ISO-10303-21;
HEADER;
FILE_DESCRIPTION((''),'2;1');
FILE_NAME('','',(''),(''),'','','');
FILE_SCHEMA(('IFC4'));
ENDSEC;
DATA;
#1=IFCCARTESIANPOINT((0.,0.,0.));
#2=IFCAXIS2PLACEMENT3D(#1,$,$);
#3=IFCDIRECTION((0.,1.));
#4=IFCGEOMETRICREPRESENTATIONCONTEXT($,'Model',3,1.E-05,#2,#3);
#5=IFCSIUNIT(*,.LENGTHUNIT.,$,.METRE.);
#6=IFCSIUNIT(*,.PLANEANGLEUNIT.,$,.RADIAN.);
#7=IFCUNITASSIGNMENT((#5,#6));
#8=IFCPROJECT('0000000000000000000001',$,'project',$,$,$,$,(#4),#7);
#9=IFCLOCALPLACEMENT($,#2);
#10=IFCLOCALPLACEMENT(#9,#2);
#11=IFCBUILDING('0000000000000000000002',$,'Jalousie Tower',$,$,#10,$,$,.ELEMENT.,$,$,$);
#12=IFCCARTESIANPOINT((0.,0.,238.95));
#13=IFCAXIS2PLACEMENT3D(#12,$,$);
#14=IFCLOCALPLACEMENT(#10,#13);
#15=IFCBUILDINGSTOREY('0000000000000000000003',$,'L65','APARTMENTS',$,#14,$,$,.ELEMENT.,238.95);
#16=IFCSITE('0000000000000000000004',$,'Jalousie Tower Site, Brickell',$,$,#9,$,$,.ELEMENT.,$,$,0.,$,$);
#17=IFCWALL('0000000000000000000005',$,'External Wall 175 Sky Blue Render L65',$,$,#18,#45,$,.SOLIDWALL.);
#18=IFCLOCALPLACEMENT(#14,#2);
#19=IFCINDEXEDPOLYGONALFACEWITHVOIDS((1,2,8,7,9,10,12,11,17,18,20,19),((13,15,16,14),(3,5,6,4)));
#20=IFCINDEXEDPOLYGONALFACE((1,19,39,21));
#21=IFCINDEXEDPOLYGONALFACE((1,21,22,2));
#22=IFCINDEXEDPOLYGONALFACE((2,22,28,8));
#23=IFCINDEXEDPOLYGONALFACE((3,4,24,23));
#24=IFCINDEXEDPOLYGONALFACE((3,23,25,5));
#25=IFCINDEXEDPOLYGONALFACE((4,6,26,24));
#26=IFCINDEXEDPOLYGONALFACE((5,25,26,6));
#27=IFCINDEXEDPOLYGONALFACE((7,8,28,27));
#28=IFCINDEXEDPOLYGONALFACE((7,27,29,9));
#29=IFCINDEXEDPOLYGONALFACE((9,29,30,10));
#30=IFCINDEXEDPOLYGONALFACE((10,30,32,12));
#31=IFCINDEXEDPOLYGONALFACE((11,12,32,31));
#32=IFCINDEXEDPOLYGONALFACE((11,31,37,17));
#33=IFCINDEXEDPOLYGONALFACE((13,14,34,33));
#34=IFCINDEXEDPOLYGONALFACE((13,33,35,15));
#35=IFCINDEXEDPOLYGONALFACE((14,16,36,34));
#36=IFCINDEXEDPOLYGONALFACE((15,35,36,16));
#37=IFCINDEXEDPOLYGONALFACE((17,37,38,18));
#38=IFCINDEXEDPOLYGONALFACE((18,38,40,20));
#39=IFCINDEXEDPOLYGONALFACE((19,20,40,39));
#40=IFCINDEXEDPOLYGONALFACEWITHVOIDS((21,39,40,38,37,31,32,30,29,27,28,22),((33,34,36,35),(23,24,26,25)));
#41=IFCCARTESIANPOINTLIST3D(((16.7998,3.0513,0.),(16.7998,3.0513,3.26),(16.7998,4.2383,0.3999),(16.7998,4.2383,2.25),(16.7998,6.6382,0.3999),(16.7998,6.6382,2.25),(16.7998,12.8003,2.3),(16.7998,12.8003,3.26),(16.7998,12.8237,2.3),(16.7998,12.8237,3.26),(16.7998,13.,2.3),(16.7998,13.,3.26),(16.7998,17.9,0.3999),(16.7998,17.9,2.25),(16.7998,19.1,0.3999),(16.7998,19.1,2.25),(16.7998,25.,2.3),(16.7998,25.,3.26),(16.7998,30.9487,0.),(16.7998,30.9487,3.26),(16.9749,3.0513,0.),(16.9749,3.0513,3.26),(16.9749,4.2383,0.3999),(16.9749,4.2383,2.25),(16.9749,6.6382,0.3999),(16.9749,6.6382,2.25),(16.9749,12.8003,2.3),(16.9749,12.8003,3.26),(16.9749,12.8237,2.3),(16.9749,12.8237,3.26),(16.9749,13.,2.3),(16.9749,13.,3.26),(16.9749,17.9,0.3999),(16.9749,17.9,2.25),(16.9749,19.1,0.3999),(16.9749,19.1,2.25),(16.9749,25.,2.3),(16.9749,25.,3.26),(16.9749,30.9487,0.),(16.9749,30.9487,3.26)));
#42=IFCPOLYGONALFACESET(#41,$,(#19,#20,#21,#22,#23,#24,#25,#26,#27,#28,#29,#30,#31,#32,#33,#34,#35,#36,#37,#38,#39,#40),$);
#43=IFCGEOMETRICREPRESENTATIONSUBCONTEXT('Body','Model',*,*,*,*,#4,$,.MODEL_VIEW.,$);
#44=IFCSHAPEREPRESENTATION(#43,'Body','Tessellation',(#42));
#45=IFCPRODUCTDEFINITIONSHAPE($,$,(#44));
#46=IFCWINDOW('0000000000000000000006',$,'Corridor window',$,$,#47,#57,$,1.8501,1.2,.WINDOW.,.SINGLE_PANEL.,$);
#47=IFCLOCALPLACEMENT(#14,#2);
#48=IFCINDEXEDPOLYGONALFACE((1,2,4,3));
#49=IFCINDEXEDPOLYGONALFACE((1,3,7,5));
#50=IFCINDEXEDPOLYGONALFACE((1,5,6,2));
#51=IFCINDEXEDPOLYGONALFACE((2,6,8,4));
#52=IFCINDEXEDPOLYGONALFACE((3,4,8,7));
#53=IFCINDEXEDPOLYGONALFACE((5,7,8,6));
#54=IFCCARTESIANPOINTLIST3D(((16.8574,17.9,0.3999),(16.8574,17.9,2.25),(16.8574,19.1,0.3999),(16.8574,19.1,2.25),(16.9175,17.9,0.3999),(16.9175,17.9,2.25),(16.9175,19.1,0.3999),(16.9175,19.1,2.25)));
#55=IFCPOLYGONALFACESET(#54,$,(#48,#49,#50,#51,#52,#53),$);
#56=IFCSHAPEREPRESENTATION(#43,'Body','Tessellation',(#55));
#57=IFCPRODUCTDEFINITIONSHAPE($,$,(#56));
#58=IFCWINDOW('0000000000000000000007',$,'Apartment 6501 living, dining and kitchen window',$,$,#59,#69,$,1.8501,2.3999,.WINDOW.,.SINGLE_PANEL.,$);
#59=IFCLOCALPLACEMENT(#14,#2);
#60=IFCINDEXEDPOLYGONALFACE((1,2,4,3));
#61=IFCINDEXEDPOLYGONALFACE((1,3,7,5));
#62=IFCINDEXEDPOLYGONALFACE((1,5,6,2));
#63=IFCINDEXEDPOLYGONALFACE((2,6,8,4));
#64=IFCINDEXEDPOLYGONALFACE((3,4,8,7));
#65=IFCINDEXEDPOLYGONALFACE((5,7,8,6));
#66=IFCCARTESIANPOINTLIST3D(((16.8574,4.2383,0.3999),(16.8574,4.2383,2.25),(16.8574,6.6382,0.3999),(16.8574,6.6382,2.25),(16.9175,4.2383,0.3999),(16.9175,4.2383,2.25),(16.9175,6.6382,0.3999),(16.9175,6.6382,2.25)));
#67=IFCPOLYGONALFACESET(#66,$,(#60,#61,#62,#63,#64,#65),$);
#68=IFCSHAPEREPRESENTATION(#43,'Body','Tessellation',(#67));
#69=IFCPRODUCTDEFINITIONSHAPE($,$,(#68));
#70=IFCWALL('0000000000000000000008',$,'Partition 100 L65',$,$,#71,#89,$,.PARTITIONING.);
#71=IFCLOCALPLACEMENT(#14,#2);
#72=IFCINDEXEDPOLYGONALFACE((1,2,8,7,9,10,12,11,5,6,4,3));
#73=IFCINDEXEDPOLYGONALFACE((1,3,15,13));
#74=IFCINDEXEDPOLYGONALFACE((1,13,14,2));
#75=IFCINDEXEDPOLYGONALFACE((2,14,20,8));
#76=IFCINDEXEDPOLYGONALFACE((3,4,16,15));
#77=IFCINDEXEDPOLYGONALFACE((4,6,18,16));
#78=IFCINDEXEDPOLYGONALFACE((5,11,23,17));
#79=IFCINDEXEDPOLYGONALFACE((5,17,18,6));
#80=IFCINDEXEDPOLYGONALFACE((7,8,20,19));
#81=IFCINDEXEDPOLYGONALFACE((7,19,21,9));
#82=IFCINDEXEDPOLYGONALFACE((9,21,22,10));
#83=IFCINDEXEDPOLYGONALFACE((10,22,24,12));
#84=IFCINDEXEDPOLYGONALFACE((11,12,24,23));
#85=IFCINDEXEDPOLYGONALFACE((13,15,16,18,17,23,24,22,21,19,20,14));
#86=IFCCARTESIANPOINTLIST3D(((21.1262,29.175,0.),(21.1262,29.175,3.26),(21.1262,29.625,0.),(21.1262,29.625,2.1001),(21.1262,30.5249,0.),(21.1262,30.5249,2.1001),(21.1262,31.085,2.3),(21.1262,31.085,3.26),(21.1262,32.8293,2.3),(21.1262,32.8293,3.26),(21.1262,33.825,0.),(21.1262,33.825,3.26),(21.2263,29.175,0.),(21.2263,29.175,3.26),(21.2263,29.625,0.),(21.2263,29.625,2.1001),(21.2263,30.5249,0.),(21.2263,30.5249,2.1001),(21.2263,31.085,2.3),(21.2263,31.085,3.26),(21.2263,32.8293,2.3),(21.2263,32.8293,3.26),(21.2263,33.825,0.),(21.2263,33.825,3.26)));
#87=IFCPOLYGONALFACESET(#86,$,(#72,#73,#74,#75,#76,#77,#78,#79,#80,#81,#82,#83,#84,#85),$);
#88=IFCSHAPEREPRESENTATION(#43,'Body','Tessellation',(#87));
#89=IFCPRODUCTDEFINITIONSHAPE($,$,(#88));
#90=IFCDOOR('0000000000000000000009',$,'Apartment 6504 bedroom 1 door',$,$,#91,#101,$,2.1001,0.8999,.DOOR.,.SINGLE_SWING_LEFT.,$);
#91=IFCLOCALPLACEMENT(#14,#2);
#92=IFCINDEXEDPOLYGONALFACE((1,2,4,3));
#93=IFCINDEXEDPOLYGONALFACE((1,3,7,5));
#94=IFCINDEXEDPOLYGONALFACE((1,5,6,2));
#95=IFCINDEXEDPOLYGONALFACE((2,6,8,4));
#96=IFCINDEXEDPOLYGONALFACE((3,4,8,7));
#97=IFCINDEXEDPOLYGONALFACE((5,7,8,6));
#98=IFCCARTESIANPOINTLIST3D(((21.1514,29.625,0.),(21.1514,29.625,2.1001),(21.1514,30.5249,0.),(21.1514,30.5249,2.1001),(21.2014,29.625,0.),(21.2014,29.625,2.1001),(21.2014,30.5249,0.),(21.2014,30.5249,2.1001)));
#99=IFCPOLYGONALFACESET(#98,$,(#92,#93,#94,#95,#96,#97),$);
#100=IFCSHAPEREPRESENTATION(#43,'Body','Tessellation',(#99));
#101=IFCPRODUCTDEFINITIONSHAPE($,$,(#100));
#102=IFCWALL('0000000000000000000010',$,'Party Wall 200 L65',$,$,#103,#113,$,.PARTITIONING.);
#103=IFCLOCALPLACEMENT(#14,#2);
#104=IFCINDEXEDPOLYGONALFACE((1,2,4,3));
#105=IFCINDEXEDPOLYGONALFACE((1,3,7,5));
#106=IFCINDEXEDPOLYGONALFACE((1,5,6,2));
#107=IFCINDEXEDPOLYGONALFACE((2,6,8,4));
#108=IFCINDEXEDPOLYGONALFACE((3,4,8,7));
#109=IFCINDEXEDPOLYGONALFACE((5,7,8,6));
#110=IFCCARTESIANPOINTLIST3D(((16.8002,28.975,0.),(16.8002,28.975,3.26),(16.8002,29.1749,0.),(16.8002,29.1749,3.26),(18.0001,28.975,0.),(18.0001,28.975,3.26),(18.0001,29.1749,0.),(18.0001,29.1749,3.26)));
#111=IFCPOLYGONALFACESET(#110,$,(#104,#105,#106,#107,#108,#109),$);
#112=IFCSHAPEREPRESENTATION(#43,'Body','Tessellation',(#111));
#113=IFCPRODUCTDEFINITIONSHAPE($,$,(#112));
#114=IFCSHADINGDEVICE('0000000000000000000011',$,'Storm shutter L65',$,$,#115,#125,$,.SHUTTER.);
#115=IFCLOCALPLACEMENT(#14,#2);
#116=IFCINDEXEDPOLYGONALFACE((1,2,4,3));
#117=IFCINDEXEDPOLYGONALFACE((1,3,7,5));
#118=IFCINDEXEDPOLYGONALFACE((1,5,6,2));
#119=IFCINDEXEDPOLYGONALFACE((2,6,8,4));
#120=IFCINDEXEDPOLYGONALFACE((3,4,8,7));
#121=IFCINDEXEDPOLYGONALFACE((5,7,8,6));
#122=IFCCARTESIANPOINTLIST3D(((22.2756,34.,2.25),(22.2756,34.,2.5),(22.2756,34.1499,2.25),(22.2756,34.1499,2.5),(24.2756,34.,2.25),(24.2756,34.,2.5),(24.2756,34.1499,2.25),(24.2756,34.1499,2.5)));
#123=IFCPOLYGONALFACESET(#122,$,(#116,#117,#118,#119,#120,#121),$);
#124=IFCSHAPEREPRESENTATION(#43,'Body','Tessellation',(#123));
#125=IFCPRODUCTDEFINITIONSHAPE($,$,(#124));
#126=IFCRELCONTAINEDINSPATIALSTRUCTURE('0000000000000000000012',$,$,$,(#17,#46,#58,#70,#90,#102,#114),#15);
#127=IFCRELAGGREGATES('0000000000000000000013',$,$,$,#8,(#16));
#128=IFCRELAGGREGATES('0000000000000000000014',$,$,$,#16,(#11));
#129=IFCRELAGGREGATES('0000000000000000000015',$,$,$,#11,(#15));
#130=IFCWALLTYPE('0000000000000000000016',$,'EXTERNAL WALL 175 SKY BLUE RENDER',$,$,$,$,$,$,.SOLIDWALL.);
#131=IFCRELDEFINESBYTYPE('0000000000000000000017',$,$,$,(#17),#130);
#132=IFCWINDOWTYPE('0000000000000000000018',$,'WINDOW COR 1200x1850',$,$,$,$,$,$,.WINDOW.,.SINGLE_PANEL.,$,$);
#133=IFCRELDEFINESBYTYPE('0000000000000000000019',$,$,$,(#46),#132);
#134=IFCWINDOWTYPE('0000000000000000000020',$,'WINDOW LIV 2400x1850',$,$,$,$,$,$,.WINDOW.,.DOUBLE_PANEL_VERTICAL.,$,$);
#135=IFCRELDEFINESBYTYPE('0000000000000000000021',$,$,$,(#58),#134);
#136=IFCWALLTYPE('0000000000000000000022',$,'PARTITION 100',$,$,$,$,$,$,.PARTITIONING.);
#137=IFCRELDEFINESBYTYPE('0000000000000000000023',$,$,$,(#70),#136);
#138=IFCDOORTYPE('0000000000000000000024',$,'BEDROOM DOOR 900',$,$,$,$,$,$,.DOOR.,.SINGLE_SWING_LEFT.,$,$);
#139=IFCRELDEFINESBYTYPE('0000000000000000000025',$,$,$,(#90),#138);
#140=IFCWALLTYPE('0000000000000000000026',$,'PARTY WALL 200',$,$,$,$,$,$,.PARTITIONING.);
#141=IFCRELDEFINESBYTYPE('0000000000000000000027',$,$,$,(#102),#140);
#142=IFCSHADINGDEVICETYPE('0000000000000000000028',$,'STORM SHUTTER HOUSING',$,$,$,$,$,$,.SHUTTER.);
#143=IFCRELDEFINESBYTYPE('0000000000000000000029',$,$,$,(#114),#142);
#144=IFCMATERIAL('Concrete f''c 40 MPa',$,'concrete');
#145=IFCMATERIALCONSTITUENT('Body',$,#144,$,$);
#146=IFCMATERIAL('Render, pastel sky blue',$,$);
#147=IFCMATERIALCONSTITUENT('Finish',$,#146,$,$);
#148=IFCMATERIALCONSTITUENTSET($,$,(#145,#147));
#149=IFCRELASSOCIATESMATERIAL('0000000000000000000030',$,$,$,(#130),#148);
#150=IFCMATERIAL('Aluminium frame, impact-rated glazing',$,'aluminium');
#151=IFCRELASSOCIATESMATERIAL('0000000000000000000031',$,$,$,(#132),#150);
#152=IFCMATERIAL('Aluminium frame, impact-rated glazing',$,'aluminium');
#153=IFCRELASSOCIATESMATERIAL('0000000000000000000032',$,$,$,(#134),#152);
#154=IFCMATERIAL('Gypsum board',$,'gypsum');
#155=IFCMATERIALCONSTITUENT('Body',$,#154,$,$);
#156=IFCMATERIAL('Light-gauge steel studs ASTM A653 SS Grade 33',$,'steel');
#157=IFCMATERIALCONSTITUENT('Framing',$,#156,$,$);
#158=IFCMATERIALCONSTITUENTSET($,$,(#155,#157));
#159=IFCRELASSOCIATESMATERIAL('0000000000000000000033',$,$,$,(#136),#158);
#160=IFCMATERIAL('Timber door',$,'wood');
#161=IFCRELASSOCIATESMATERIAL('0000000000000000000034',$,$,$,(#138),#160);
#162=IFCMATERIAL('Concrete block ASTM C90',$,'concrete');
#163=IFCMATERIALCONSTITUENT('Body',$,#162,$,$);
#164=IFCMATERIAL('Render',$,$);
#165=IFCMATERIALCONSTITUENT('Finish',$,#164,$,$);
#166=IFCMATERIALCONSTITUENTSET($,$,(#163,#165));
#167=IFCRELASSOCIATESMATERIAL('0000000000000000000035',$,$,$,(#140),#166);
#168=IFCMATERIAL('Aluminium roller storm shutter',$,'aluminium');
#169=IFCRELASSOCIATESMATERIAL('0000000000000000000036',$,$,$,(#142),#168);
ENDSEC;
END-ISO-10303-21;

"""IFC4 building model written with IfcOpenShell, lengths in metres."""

from ifc_helpers import new_model, si_unit, direction, frame, frame_2d, origin, origin_2d, place, context, subcontext, project, spatial, polyline, rectangle, outline, extrude, material, constituent, constituent_set, type_object, element, fill, save


model = new_model("IFC4")

# Units and contexts
model_context = context("Model", 3, precision=1e-05, world=origin(), true_north=direction((0.0, 1.0)))
body_context = subcontext(model_context, "Body", "Model", "MODEL_VIEW")
ifc_project = project(units=[si_unit("LENGTHUNIT", "METRE"), si_unit("PLANEANGLEUNIT", "RADIAN")], contexts=[model_context])

# Site, building, storey
site_placement = place(None, origin())
site = spatial("IfcSite", under=ifc_project, at=site_placement, Name="Jalousie Tower Site, Brickell", CompositionType="ELEMENT", RefElevation=0.0)
building_placement = place(site_placement, origin())
building = spatial("IfcBuilding", under=site, at=building_placement, Name="Jalousie Tower", CompositionType="ELEMENT")
storey_placement = place(building_placement, frame((0.0, 0.0, 238.95)))
storey = spatial("IfcBuildingStorey", under=building, at=storey_placement, Name="L65", Description="APARTMENTS", CompositionType="ELEMENT", Elevation=238.95)

# Wall, openings, windows
ifc_material_1 = material(Name="Concrete f'c 40 MPa", Category="concrete")
ifc_constituent_1 = constituent(ifc_material_1, Name="Body")
ifc_material_2 = material(Name="Render, pastel sky blue")
ifc_constituent_2 = constituent(ifc_material_2, Name="Finish")
ifc_constituent_set_1 = constituent_set(constituents=[ifc_constituent_1, ifc_constituent_2])
wall_type_1 = type_object("IfcWallType", Name="EXTERNAL WALL 175 SKY BLUE RENDER", PredefinedType="SOLIDWALL", material=ifc_constituent_set_1)
wall_1_placement = place(storey_placement, frame((16.8875, 30.9487, 0.0), z_axis=(0.0, 0.0, 1.0), x_axis=(0.0, -1.0, 0.0)))
wall_1 = element("IfcWall", 1, at=wall_1_placement, inside=storey, type_object=wall_type_1, Name="External Wall 175 Sky Blue Render L65", PredefinedType="SOLIDWALL", context=body_context, shape_type="SweptSolid", body=[
    extrude(outline(polyline([(0.0, 0.0), (27.8975, 0.0), (27.8975, 3.26), (18.1484, 3.26), (18.1484, 2.3), (18.125, 2.3), (18.125, 3.26), (17.9487, 3.26), (17.9487, 2.3), (5.9487, 2.3), (5.9487, 3.26), (0.0, 3.26), (0.0, 0.0)])), frame((0.0, 0.0874, 0.0), z_axis=(0.0, -1.0, 0.0), x_axis=(1.0, 0.0, 0.0)), (0.0, 0.0, 1.0), 0.175),
])
opening_1_placement = place(wall_1_placement, frame((11.8486, 0.0, 0.3999)))
opening_1 = element("IfcOpeningElement", 2, at=opening_1_placement, cuts=wall_1, PredefinedType="OPENING", context=body_context, shape_type="SweptSolid", body=[
    extrude(rectangle(XDim=1.2, YDim=1.8501, at=frame_2d((0.6001, 0.925))), frame((0.0, 0.0974, 0.0), z_axis=(0.0, -1.0, 0.0), x_axis=(1.0, 0.0, 0.0)), (0.0, 0.0, 1.0), 0.1951),
])
opening_2_placement = place(wall_1_placement, frame((24.3105, 0.0, 0.3999)))
opening_2 = element("IfcOpeningElement", 3, at=opening_2_placement, cuts=wall_1, PredefinedType="OPENING", context=body_context, shape_type="SweptSolid", body=[
    extrude(rectangle(XDim=2.3999, YDim=1.8501, at=frame_2d((1.2, 0.925))), frame((0.0, 0.0974, 0.0), z_axis=(0.0, -1.0, 0.0), x_axis=(1.0, 0.0, 0.0)), (0.0, 0.0, 1.0), 0.1951),
])
ifc_material_3 = material(Name="Aluminium frame, impact-rated glazing", Category="aluminium")
window_type_1 = type_object("IfcWindowType", Name="WINDOW COR 1200x1850", PartitioningType="SINGLE_PANEL", PredefinedType="WINDOW", material=ifc_material_3)
window_1_placement = place(opening_1_placement, origin())
window_1 = element("IfcWindow", 4, at=window_1_placement, inside=storey, type_object=window_type_1, Name="Corridor window", OverallHeight=1.8501, OverallWidth=1.2, PartitioningType="SINGLE_PANEL", PredefinedType="WINDOW", context=body_context, shape_type="SweptSolid", body=[
    extrude(rectangle(XDim=1.2, YDim=1.8501, at=frame_2d((0.6001, 0.925))), frame((0.0, 0.03, 0.0), z_axis=(0.0, -1.0, 0.0), x_axis=(1.0, 0.0, 0.0)), (0.0, 0.0, 1.0), 0.0601),
])
fill(opening_1, window_1)
ifc_material_4 = material(Name="Aluminium frame, impact-rated glazing", Category="aluminium")
window_type_2 = type_object("IfcWindowType", Name="WINDOW LIV 2400x1850", PartitioningType="DOUBLE_PANEL_VERTICAL", PredefinedType="WINDOW", material=ifc_material_4)
window_2_placement = place(opening_2_placement, origin())
window_2 = element("IfcWindow", 5, at=window_2_placement, inside=storey, type_object=window_type_2, Name="Apartment 6501 living, dining and kitchen window", OverallHeight=1.8501, OverallWidth=2.3999, PartitioningType="SINGLE_PANEL", PredefinedType="WINDOW", context=body_context, shape_type="SweptSolid", body=[
    extrude(rectangle(XDim=2.3999, YDim=1.8501, at=frame_2d((1.2, 0.925))), frame((0.0, 0.03, 0.0), z_axis=(0.0, -1.0, 0.0), x_axis=(1.0, 0.0, 0.0)), (0.0, 0.0, 1.0), 0.0601),
])
fill(opening_2, window_2)

# Wall, opening, door
ifc_material_5 = material(Name="Gypsum board", Category="gypsum")
ifc_constituent_3 = constituent(ifc_material_5, Name="Body")
ifc_material_6 = material(Name="Light-gauge steel studs ASTM A653 SS Grade 33", Category="steel")
ifc_constituent_4 = constituent(ifc_material_6, Name="Framing")
ifc_constituent_set_2 = constituent_set(constituents=[ifc_constituent_3, ifc_constituent_4])
wall_type_2 = type_object("IfcWallType", Name="PARTITION 100", PredefinedType="PARTITIONING", material=ifc_constituent_set_2)
wall_2_placement = place(storey_placement, frame((21.1763, 33.825, 0.0), z_axis=(0.0, 0.0, 1.0), x_axis=(0.0, -1.0, 0.0)))
wall_2 = element("IfcWall", 6, at=wall_2_placement, inside=storey, type_object=wall_type_2, Name="Partition 100 L65", PredefinedType="PARTITIONING", context=body_context, shape_type="SweptSolid", body=[
    extrude(outline(polyline([(0.0, 0.0), (4.6499, 0.0), (4.6499, 3.26), (2.74, 3.26), (2.74, 2.3), (0.9956, 2.3), (0.9956, 3.26), (0.0, 3.26), (0.0, 0.0)])), frame((0.0, 0.05, 0.0), z_axis=(0.0, -1.0, 0.0), x_axis=(1.0, 0.0, 0.0)), (0.0, 0.0, 1.0), 0.1001),
])
opening_3_placement = place(wall_2_placement, frame((3.3, 0.0, 0.0)))
opening_3 = element("IfcOpeningElement", 7, at=opening_3_placement, cuts=wall_2, PredefinedType="OPENING", context=body_context, shape_type="SweptSolid", body=[
    extrude(rectangle(XDim=0.8999, YDim=2.1001, at=frame_2d((0.45, 1.05))), frame((0.0, 0.0601, 0.0), z_axis=(0.0, -1.0, 0.0), x_axis=(1.0, 0.0, 0.0)), (0.0, 0.0, 1.0), 0.1201),
])
ifc_material_7 = material(Name="Timber door", Category="wood")
door_type_1 = type_object("IfcDoorType", Name="BEDROOM DOOR 900", OperationType="SINGLE_SWING_LEFT", PredefinedType="DOOR", material=ifc_material_7)
door_1_placement = place(opening_3_placement, frame((0.8999, 0.0, 0.0), z_axis=(0.0, 0.0, 1.0), x_axis=(-1.0, 0.0, 0.0)))
door_1 = element("IfcDoor", 8, at=door_1_placement, inside=storey, type_object=door_type_1, Name="Apartment 6504 bedroom 1 door", OperationType="SINGLE_SWING_LEFT", OverallHeight=2.1001, OverallWidth=0.8999, PredefinedType="DOOR", context=body_context, shape_type="SweptSolid", body=[
    extrude(rectangle(XDim=0.8999, YDim=2.1001, at=frame_2d((0.45, 1.05))), frame((0.0, 0.0249, 0.0), z_axis=(0.0, -1.0, 0.0), x_axis=(1.0, 0.0, 0.0)), (0.0, 0.0, 1.0), 0.05),
])
fill(opening_3, door_1)

# Wall
ifc_material_8 = material(Name="Concrete block ASTM C90", Category="concrete")
ifc_constituent_5 = constituent(ifc_material_8, Name="Body")
ifc_material_9 = material(Name="Render")
ifc_constituent_6 = constituent(ifc_material_9, Name="Finish")
ifc_constituent_set_3 = constituent_set(constituents=[ifc_constituent_5, ifc_constituent_6])
wall_type_3 = type_object("IfcWallType", Name="PARTY WALL 200", PredefinedType="PARTITIONING", material=ifc_constituent_set_3)
wall_3_placement = place(storey_placement, frame((16.8, 29.075, 0.0), z_axis=(0.0, 0.0, 1.0), x_axis=(1.0, 0.0, 0.0)))
element("IfcWall", 9, at=wall_3_placement, inside=storey, type_object=wall_type_3, Name="Party Wall 200 L65", PredefinedType="PARTITIONING", context=body_context, shape_type="SweptSolid", body=[
    extrude(rectangle(XDim=1.2, YDim=0.2, at=frame_2d((0.6001, 0.0))), origin(), (0.0, 0.0, 1.0), 3.26),
])

# Shading device
ifc_material_10 = material(Name="Aluminium roller storm shutter", Category="aluminium")
shading_device_type = type_object("IfcShadingDeviceType", Name="STORM SHUTTER HOUSING", PredefinedType="SHUTTER", material=ifc_material_10)
shading_device_placement = place(storey_placement, frame((23.2756, 34.075, 2.25), z_axis=(0.0, 0.0, 1.0), x_axis=(-1.0, 0.0, 0.0)))
element("IfcShadingDevice", 10, at=shading_device_placement, inside=storey, type_object=shading_device_type, Name="Storm shutter L65", PredefinedType="SHUTTER", context=body_context, shape_type="SweptSolid", body=[
    extrude(rectangle(XDim=2.0, YDim=0.1499, at=origin_2d()), origin(), (0.0, 0.0, 1.0), 0.25),
])

save(model, "model.ifc")
